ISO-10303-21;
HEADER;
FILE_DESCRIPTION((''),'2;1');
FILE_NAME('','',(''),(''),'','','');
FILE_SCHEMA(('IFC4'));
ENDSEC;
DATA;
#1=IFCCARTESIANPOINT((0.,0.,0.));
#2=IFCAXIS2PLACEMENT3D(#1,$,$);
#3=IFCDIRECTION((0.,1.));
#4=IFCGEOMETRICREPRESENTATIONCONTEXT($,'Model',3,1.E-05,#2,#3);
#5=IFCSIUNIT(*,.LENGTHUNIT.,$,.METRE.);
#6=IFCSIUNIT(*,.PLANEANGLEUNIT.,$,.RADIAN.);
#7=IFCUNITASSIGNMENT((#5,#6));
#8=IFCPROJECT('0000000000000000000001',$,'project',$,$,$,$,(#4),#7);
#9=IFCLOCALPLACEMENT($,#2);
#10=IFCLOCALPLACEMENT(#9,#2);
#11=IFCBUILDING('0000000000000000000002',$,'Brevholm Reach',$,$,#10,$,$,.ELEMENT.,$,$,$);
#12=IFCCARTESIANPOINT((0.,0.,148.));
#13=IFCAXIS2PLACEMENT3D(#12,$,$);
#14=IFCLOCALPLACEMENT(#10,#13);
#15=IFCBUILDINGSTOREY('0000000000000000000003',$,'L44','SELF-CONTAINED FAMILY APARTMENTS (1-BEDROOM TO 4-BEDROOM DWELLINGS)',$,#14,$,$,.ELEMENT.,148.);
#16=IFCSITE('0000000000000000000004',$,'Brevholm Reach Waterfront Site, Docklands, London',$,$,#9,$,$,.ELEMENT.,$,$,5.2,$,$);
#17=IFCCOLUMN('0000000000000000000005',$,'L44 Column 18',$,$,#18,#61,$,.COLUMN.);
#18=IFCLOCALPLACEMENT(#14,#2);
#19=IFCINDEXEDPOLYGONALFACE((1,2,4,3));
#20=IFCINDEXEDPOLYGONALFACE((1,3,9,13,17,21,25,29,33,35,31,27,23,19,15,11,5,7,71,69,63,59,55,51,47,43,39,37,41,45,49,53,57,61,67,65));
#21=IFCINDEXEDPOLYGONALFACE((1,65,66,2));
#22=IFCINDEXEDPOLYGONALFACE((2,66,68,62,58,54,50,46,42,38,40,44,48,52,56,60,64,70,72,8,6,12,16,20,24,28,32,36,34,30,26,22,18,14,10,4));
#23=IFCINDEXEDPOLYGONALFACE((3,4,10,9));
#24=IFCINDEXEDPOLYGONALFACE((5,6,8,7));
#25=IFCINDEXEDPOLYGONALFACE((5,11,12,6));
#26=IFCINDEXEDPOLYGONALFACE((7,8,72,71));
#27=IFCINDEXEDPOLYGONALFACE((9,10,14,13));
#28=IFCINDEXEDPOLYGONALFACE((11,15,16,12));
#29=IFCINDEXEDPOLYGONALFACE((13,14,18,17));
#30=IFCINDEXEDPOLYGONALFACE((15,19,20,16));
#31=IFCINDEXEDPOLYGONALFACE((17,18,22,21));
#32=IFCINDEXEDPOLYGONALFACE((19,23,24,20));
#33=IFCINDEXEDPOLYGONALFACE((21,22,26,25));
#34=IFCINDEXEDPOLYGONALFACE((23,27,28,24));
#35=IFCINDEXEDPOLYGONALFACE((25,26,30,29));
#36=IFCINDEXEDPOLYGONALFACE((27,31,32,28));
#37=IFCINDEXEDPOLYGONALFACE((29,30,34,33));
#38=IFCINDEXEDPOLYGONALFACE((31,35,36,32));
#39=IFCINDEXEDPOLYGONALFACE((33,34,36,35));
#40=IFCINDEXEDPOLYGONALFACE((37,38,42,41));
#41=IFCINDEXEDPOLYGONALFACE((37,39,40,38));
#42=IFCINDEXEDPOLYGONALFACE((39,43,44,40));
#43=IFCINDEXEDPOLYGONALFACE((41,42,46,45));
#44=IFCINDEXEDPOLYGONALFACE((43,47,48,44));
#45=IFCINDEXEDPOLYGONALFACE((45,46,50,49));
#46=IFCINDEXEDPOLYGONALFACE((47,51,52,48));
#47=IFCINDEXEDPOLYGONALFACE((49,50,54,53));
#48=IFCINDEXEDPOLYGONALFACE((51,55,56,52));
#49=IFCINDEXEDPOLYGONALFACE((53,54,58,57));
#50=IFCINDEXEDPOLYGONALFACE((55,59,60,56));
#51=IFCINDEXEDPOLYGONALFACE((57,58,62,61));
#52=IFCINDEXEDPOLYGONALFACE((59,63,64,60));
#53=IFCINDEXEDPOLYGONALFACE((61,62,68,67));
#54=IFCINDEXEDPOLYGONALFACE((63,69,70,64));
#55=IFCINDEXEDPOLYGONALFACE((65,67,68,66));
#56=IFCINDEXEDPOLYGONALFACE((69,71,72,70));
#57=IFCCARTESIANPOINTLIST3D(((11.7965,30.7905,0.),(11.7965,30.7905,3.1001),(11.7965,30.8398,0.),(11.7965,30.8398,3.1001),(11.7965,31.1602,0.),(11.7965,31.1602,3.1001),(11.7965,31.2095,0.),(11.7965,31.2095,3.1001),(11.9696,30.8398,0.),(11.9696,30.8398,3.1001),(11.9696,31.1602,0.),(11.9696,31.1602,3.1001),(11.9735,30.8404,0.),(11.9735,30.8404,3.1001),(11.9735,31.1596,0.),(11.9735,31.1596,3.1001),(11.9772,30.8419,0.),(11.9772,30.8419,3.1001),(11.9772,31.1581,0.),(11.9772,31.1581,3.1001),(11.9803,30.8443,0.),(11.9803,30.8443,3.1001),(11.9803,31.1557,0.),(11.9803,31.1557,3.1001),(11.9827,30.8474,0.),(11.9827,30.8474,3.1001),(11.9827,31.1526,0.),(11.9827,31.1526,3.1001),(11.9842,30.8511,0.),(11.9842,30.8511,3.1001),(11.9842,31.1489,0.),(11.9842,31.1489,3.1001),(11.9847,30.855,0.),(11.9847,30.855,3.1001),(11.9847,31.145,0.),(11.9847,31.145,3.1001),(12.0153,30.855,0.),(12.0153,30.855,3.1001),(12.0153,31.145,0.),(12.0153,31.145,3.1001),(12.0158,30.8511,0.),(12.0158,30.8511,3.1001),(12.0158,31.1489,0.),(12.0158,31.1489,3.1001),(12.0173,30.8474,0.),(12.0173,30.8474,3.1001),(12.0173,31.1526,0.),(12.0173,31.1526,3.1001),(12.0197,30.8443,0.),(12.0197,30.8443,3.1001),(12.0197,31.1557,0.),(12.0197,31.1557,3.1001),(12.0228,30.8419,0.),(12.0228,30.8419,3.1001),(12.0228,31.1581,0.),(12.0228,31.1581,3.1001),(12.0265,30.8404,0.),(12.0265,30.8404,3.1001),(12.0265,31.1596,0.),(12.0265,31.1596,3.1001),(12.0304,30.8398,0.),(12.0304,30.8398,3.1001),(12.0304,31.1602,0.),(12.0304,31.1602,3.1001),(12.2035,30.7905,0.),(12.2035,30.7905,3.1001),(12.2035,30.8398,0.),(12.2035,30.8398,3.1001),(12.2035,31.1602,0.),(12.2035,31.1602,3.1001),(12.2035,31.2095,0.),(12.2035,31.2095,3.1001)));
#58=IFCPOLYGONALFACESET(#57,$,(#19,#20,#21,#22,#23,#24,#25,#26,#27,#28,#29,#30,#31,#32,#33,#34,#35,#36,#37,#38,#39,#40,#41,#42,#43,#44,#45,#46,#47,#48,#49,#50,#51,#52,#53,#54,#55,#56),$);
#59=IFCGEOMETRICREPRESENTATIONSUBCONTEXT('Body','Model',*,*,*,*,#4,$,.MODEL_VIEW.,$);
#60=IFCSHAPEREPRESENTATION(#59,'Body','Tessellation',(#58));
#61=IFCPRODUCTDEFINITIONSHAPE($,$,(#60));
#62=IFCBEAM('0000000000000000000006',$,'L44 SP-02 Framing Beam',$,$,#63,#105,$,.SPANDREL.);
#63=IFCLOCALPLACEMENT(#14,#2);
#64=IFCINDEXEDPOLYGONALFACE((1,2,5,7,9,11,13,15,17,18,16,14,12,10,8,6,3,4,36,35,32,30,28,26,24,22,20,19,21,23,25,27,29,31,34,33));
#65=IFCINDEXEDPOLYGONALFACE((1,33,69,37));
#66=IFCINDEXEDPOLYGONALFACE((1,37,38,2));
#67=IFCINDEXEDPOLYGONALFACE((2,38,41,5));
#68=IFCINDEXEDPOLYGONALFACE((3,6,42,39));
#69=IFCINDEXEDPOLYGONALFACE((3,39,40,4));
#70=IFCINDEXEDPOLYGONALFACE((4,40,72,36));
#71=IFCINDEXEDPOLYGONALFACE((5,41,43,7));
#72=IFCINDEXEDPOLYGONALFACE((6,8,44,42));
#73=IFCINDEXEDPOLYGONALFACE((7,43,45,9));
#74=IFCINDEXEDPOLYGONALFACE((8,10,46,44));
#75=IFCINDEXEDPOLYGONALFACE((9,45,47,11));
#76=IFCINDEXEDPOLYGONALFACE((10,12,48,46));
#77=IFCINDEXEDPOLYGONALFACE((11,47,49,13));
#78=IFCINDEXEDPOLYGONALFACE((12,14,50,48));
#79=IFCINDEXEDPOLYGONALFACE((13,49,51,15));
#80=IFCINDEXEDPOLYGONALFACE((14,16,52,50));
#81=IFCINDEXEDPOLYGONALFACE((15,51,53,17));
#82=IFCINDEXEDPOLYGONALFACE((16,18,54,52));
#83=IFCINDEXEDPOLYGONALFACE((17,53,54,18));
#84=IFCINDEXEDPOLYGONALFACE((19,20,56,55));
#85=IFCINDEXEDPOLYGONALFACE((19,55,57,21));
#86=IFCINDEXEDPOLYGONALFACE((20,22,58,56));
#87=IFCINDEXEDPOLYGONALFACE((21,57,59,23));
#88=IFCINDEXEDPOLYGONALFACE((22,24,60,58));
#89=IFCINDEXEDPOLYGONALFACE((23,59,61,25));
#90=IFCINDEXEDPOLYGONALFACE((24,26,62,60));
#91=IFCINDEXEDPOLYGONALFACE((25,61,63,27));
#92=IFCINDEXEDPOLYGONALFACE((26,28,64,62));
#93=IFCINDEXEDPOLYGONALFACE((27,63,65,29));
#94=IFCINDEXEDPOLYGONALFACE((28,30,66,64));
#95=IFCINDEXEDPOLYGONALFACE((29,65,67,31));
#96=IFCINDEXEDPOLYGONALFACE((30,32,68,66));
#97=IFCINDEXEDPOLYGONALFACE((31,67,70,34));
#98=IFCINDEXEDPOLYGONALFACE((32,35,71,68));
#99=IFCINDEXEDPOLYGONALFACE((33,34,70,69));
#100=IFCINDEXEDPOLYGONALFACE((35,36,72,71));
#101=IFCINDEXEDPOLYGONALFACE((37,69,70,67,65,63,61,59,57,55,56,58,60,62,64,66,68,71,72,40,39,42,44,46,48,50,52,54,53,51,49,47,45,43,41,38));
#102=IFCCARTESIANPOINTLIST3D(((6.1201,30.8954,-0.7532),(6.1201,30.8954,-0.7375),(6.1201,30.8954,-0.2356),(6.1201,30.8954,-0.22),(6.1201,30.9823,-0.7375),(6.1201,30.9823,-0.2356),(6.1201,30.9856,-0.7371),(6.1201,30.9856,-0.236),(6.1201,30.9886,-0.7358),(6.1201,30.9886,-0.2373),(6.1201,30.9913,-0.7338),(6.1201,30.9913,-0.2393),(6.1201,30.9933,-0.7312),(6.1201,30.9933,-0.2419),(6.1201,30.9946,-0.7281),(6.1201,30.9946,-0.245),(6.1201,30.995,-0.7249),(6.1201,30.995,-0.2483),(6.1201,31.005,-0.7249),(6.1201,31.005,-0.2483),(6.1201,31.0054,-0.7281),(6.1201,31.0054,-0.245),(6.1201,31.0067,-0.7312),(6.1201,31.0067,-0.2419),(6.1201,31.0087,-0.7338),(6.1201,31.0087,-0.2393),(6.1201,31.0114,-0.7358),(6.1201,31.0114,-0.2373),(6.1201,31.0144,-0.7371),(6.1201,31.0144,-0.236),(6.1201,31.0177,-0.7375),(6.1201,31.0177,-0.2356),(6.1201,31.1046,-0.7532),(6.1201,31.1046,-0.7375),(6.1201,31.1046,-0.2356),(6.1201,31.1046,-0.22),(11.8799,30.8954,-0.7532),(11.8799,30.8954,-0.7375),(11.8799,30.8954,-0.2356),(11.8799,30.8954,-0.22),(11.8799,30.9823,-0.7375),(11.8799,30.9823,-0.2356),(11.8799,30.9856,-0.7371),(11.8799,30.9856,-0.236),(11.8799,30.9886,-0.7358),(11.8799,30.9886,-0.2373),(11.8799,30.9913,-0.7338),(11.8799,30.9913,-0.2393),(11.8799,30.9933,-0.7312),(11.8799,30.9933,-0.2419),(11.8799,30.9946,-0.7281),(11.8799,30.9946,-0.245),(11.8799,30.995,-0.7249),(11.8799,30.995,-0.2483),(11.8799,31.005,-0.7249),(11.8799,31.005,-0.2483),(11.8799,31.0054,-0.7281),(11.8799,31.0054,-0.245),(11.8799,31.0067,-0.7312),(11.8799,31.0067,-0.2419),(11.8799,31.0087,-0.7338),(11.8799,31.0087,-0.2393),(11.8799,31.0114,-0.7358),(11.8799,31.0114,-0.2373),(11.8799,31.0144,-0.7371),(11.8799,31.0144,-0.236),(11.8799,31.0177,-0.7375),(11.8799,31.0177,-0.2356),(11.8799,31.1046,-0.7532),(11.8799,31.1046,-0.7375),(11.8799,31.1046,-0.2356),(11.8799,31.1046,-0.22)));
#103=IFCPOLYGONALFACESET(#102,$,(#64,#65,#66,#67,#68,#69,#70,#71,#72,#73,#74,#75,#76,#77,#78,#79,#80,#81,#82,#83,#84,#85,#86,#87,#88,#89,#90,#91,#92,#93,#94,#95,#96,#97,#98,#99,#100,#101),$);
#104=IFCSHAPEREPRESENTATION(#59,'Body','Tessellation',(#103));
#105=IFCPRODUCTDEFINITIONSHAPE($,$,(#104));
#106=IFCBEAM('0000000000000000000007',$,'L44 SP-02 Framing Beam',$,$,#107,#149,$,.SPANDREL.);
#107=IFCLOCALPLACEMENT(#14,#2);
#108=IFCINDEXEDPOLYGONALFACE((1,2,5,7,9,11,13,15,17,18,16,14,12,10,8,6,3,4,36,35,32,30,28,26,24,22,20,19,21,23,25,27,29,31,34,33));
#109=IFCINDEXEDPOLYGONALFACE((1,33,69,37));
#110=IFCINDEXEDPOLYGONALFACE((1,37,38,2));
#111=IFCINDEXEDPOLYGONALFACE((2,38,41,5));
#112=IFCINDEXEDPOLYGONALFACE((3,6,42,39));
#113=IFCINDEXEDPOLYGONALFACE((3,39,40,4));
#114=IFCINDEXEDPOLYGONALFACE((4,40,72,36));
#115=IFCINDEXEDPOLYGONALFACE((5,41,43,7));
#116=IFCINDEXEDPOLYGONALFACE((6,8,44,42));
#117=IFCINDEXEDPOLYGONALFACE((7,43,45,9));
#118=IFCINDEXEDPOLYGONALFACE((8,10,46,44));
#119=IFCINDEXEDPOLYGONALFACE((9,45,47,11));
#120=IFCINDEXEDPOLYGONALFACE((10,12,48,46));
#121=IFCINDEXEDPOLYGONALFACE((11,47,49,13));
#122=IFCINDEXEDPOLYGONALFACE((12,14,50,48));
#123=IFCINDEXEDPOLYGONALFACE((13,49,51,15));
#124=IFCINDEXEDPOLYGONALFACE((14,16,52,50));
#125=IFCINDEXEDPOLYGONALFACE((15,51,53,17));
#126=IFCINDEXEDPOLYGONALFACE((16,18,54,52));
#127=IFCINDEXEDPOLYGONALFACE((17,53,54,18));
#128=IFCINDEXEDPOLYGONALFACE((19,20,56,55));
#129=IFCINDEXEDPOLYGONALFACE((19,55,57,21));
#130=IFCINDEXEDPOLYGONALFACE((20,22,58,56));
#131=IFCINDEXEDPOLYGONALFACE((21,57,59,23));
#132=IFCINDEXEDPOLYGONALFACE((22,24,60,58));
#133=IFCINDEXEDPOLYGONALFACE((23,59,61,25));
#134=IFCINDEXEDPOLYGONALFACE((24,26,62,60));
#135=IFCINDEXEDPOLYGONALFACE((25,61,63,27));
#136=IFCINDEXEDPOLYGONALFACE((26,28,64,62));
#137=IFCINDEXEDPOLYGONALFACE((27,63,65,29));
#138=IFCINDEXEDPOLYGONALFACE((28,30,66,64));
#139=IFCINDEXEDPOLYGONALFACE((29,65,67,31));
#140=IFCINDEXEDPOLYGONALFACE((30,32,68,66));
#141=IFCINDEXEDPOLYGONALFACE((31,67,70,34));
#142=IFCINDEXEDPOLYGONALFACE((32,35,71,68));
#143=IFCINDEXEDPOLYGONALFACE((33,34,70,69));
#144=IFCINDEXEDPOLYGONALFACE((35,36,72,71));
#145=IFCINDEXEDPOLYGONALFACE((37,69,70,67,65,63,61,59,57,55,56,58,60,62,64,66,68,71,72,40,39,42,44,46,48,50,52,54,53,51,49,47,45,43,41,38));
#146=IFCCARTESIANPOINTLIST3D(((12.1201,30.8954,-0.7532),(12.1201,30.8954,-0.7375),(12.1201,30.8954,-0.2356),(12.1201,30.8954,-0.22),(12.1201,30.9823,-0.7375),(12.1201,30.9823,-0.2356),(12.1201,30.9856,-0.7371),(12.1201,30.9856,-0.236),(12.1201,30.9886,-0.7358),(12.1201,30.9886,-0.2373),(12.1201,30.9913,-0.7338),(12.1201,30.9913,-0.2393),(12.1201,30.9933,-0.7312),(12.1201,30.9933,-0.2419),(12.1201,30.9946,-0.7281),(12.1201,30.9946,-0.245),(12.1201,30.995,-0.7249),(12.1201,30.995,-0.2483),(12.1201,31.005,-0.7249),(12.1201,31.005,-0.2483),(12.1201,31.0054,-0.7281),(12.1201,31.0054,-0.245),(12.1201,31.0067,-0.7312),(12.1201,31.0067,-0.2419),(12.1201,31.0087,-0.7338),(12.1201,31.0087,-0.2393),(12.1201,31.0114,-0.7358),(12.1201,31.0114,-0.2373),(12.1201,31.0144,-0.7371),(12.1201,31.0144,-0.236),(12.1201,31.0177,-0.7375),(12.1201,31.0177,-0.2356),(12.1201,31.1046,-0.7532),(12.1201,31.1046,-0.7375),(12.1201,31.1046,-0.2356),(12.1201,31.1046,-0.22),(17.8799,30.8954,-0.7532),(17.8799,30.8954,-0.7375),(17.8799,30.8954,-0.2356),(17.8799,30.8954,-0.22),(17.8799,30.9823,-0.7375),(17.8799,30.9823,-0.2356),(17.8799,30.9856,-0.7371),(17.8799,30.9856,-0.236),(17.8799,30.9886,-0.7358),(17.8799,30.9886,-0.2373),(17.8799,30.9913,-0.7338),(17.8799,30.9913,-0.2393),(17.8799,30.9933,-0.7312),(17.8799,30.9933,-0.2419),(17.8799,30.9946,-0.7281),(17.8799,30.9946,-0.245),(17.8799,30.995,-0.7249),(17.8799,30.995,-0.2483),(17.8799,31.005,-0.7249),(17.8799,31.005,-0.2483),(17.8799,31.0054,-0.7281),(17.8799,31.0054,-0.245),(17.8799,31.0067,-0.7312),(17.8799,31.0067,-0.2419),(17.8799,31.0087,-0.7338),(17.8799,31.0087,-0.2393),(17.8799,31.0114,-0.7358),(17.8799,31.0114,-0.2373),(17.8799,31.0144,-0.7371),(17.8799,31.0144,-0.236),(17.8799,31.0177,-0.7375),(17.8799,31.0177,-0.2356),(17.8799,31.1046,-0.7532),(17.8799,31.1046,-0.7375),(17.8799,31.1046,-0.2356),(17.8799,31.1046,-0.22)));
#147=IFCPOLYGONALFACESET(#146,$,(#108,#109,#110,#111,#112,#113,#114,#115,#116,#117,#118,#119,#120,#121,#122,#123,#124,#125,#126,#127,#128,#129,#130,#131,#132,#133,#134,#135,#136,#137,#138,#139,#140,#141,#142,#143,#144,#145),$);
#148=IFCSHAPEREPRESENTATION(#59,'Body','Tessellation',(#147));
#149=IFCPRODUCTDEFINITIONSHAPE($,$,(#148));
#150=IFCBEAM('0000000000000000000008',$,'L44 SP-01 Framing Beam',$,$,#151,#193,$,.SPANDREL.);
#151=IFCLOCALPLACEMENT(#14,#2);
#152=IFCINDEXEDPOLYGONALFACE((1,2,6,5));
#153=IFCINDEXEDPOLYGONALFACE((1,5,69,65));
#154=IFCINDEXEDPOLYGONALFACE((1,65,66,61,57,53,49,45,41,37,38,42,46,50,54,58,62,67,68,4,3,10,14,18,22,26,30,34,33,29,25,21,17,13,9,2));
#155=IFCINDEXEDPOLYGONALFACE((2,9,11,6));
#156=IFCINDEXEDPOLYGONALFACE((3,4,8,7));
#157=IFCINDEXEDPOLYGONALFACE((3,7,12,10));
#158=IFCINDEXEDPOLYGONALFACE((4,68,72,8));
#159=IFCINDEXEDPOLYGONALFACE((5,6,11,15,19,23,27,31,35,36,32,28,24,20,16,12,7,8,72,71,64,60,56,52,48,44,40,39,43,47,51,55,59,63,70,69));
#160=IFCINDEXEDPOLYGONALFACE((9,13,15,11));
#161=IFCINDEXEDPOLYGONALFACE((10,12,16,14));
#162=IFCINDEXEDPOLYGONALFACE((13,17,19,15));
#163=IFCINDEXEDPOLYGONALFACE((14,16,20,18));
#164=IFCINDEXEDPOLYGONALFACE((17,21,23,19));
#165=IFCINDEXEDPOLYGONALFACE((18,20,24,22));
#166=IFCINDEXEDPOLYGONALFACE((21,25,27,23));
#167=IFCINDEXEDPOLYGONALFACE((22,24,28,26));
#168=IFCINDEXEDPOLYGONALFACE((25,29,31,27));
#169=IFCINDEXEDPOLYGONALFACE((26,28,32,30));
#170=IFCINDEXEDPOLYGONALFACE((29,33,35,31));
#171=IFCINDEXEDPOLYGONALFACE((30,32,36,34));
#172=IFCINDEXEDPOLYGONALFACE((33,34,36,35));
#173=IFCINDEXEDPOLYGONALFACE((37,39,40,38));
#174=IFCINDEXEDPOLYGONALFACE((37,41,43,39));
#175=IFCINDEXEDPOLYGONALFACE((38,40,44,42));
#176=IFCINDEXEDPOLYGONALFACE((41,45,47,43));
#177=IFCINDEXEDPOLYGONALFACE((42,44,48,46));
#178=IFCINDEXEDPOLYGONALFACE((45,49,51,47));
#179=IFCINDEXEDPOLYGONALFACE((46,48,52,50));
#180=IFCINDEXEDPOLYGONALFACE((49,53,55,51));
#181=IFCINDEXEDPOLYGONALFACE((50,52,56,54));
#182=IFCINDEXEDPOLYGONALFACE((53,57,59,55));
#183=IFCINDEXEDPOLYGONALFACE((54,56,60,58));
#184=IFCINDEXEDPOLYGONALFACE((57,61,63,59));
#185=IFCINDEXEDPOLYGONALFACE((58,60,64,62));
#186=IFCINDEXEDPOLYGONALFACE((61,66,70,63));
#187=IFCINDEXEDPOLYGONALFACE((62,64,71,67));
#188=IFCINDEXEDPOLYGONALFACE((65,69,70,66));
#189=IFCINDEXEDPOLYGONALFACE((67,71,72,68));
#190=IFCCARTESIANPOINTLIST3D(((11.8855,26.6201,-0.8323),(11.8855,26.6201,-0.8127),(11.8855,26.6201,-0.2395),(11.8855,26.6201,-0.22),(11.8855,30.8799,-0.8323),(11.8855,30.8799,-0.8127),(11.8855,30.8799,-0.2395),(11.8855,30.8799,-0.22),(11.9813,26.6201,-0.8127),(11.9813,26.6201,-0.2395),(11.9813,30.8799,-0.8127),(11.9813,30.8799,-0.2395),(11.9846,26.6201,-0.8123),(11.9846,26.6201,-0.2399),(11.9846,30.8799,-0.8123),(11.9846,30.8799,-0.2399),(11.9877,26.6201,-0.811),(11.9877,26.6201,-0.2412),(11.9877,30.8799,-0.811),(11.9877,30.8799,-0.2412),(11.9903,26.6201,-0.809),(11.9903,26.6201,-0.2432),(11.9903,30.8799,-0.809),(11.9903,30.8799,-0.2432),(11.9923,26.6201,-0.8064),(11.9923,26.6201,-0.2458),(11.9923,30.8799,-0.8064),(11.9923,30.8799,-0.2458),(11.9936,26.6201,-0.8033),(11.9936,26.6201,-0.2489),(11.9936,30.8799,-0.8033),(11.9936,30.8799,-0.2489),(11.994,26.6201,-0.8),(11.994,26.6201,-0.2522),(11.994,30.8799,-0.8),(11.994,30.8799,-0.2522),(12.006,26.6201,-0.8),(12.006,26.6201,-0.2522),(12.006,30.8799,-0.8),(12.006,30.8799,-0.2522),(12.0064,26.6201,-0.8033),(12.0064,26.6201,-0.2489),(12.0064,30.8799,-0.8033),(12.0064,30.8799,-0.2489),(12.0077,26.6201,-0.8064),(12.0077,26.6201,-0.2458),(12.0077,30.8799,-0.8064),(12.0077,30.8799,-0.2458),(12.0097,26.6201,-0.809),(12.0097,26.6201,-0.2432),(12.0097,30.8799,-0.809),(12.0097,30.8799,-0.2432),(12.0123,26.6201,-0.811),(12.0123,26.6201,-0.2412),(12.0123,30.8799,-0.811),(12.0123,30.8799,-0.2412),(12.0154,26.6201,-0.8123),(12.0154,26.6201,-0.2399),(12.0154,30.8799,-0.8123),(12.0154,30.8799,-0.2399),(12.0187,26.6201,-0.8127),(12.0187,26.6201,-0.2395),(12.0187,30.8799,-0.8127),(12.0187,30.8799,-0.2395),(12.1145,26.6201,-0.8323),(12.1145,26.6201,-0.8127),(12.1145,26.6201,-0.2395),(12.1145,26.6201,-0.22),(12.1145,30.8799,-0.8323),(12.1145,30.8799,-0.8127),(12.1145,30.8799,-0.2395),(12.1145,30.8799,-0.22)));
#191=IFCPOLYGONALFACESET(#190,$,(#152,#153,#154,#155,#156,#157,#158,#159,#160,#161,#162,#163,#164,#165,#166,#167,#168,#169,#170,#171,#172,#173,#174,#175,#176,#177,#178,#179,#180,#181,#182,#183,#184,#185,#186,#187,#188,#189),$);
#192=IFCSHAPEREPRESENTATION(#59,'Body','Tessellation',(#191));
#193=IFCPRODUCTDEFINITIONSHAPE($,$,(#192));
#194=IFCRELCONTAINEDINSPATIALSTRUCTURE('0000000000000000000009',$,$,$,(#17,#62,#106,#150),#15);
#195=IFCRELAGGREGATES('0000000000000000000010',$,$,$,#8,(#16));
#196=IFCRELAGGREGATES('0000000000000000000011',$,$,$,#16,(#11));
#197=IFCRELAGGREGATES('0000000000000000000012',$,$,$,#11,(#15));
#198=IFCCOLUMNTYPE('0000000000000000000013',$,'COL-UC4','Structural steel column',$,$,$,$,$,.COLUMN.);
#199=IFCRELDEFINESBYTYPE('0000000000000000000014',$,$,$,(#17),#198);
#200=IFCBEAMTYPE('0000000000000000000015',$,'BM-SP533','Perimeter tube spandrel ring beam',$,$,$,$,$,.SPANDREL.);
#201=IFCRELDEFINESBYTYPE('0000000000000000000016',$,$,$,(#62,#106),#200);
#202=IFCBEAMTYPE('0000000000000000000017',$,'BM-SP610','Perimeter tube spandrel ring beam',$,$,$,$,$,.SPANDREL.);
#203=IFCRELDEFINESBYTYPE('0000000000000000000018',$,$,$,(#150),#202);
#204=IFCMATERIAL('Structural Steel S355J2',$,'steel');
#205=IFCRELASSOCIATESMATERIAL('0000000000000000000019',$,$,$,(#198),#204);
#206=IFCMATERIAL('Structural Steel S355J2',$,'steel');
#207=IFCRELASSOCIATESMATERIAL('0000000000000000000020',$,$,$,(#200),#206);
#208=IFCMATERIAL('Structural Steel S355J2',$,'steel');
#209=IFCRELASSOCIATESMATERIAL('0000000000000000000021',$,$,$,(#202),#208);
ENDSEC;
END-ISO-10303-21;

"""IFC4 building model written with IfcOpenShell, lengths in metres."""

from ifc_helpers import new_model, si_unit, direction, frame, origin, origin_2d, place, context, subcontext, project, spatial, i_section, extrude, material, material_profile, profile_set, type_object, element, save


model = new_model("IFC4")

# Units and contexts
model_context = context("Model", 3, precision=1e-05, world=origin(), true_north=direction((0.0, 1.0)))
body_context = subcontext(model_context, "Body", "Model", "MODEL_VIEW")
ifc_project = project(units=[si_unit("LENGTHUNIT", "METRE"), si_unit("PLANEANGLEUNIT", "RADIAN")], contexts=[model_context])

# Site, building, storey
site_placement = place(None, origin())
site = spatial("IfcSite", under=ifc_project, at=site_placement, Name="Brevholm Reach Waterfront Site, Docklands, London", CompositionType="ELEMENT", RefElevation=5.2)
building_placement = place(site_placement, origin())
building = spatial("IfcBuilding", under=site, at=building_placement, Name="Brevholm Reach", CompositionType="ELEMENT")
storey_placement = place(building_placement, frame((0.0, 0.0, 148.0)))
storey = spatial("IfcBuildingStorey", under=building, at=storey_placement, Name="L44", Description="SELF-CONTAINED FAMILY APARTMENTS (1-BEDROOM TO 4-BEDROOM DWELLINGS)", CompositionType="ELEMENT", Elevation=148.0)

# Column
ifc_material_1 = material(Name="Structural Steel S355J2", Category="steel")
ifc_material_profile_1 = material_profile(ifc_material_1, i_section(OverallWidth=0.407, OverallDepth=0.4189, WebThickness=0.0305, FlangeThickness=0.0493, FilletRadius=0.0151, at=origin_2d()), Name="UKC 356x406x393")
ifc_profile_set_1 = profile_set([ifc_material_profile_1], Name="Structural Steel S355J2")
column_type = type_object("IfcColumnType", Name="COL-UC4", Description="Structural steel column", PredefinedType="COLUMN", material=ifc_profile_set_1)
column_placement = place(storey_placement, frame((12.0, 31.0, 0.0), z_axis=(0.0, 0.0, 1.0), x_axis=(1.0, 0.0, 0.0)))
element("IfcColumn", 1, at=column_placement, inside=storey, type_object=column_type, Name="L44 Column 18", PredefinedType="COLUMN", context=body_context, shape_type="SweptSolid", body=[
    extrude(i_section(OverallWidth=0.407, OverallDepth=0.4189, WebThickness=0.0305, FlangeThickness=0.0493, FilletRadius=0.0151, at=origin_2d()), origin(), (0.0, 0.0, 1.0), 3.1001),
])

# Beams
ifc_material_2 = material(Name="Structural Steel S355J2", Category="steel")
ifc_material_profile_2 = material_profile(ifc_material_2, i_section(OverallWidth=0.2092, OverallDepth=0.5332, WebThickness=0.01, FlangeThickness=0.0156, FilletRadius=0.0127, at=origin_2d()), Name="UKB 533x210x92")
ifc_profile_set_2 = profile_set([ifc_material_profile_2], Name="Structural Steel S355J2")
beam_type_1 = type_object("IfcBeamType", Name="BM-SP533", Description="Perimeter tube spandrel ring beam", PredefinedType="SPANDREL", material=ifc_profile_set_2)
for number, where, z_axis, x_axis, name in (
    (2, (6.1201, 31.0, -0.4866), (1.0, 0.0, 0.0), (0.0, 1.0, 0.0), "L44 SP-02 Framing Beam"),
    (3, (12.1201, 31.0, -0.4866), (1.0, 0.0, 0.0), (0.0, 1.0, 0.0), "L44 SP-02 Framing Beam"),
):
    element("IfcBeam", number, at=place(storey_placement, frame(where, z_axis=z_axis, x_axis=x_axis)), inside=storey, type_object=beam_type_1, Name=name, PredefinedType="SPANDREL", context=body_context, shape_type="SweptSolid", body=[
        extrude(i_section(OverallWidth=0.2092, OverallDepth=0.5332, WebThickness=0.01, FlangeThickness=0.0156, FilletRadius=0.0127, at=origin_2d()), origin(), (0.0, 0.0, 1.0), 5.7598),
    ])
ifc_material_3 = material(Name="Structural Steel S355J2", Category="steel")
ifc_material_profile_3 = material_profile(ifc_material_3, i_section(OverallWidth=0.229, OverallDepth=0.6123, WebThickness=0.012, FlangeThickness=0.0195, FilletRadius=0.0127, at=origin_2d()), Name="UKB 610x229x125")
ifc_profile_set_3 = profile_set([ifc_material_profile_3], Name="Structural Steel S355J2")
beam_type_2 = type_object("IfcBeamType", Name="BM-SP610", Description="Perimeter tube spandrel ring beam", PredefinedType="SPANDREL", material=ifc_profile_set_3)
beam_placement = place(storey_placement, frame((12.0, 26.6201, -0.5261), z_axis=(0.0, 1.0, 0.0), x_axis=(-1.0, 0.0, 0.0)))
element("IfcBeam", 4, at=beam_placement, inside=storey, type_object=beam_type_2, Name="L44 SP-01 Framing Beam", PredefinedType="SPANDREL", context=body_context, shape_type="SweptSolid", body=[
    extrude(i_section(OverallWidth=0.229, OverallDepth=0.6123, WebThickness=0.012, FlangeThickness=0.0195, FilletRadius=0.0127, at=origin_2d()), origin(), (0.0, 0.0, 1.0), 4.2598),
])

save(model, "model.ifc")
